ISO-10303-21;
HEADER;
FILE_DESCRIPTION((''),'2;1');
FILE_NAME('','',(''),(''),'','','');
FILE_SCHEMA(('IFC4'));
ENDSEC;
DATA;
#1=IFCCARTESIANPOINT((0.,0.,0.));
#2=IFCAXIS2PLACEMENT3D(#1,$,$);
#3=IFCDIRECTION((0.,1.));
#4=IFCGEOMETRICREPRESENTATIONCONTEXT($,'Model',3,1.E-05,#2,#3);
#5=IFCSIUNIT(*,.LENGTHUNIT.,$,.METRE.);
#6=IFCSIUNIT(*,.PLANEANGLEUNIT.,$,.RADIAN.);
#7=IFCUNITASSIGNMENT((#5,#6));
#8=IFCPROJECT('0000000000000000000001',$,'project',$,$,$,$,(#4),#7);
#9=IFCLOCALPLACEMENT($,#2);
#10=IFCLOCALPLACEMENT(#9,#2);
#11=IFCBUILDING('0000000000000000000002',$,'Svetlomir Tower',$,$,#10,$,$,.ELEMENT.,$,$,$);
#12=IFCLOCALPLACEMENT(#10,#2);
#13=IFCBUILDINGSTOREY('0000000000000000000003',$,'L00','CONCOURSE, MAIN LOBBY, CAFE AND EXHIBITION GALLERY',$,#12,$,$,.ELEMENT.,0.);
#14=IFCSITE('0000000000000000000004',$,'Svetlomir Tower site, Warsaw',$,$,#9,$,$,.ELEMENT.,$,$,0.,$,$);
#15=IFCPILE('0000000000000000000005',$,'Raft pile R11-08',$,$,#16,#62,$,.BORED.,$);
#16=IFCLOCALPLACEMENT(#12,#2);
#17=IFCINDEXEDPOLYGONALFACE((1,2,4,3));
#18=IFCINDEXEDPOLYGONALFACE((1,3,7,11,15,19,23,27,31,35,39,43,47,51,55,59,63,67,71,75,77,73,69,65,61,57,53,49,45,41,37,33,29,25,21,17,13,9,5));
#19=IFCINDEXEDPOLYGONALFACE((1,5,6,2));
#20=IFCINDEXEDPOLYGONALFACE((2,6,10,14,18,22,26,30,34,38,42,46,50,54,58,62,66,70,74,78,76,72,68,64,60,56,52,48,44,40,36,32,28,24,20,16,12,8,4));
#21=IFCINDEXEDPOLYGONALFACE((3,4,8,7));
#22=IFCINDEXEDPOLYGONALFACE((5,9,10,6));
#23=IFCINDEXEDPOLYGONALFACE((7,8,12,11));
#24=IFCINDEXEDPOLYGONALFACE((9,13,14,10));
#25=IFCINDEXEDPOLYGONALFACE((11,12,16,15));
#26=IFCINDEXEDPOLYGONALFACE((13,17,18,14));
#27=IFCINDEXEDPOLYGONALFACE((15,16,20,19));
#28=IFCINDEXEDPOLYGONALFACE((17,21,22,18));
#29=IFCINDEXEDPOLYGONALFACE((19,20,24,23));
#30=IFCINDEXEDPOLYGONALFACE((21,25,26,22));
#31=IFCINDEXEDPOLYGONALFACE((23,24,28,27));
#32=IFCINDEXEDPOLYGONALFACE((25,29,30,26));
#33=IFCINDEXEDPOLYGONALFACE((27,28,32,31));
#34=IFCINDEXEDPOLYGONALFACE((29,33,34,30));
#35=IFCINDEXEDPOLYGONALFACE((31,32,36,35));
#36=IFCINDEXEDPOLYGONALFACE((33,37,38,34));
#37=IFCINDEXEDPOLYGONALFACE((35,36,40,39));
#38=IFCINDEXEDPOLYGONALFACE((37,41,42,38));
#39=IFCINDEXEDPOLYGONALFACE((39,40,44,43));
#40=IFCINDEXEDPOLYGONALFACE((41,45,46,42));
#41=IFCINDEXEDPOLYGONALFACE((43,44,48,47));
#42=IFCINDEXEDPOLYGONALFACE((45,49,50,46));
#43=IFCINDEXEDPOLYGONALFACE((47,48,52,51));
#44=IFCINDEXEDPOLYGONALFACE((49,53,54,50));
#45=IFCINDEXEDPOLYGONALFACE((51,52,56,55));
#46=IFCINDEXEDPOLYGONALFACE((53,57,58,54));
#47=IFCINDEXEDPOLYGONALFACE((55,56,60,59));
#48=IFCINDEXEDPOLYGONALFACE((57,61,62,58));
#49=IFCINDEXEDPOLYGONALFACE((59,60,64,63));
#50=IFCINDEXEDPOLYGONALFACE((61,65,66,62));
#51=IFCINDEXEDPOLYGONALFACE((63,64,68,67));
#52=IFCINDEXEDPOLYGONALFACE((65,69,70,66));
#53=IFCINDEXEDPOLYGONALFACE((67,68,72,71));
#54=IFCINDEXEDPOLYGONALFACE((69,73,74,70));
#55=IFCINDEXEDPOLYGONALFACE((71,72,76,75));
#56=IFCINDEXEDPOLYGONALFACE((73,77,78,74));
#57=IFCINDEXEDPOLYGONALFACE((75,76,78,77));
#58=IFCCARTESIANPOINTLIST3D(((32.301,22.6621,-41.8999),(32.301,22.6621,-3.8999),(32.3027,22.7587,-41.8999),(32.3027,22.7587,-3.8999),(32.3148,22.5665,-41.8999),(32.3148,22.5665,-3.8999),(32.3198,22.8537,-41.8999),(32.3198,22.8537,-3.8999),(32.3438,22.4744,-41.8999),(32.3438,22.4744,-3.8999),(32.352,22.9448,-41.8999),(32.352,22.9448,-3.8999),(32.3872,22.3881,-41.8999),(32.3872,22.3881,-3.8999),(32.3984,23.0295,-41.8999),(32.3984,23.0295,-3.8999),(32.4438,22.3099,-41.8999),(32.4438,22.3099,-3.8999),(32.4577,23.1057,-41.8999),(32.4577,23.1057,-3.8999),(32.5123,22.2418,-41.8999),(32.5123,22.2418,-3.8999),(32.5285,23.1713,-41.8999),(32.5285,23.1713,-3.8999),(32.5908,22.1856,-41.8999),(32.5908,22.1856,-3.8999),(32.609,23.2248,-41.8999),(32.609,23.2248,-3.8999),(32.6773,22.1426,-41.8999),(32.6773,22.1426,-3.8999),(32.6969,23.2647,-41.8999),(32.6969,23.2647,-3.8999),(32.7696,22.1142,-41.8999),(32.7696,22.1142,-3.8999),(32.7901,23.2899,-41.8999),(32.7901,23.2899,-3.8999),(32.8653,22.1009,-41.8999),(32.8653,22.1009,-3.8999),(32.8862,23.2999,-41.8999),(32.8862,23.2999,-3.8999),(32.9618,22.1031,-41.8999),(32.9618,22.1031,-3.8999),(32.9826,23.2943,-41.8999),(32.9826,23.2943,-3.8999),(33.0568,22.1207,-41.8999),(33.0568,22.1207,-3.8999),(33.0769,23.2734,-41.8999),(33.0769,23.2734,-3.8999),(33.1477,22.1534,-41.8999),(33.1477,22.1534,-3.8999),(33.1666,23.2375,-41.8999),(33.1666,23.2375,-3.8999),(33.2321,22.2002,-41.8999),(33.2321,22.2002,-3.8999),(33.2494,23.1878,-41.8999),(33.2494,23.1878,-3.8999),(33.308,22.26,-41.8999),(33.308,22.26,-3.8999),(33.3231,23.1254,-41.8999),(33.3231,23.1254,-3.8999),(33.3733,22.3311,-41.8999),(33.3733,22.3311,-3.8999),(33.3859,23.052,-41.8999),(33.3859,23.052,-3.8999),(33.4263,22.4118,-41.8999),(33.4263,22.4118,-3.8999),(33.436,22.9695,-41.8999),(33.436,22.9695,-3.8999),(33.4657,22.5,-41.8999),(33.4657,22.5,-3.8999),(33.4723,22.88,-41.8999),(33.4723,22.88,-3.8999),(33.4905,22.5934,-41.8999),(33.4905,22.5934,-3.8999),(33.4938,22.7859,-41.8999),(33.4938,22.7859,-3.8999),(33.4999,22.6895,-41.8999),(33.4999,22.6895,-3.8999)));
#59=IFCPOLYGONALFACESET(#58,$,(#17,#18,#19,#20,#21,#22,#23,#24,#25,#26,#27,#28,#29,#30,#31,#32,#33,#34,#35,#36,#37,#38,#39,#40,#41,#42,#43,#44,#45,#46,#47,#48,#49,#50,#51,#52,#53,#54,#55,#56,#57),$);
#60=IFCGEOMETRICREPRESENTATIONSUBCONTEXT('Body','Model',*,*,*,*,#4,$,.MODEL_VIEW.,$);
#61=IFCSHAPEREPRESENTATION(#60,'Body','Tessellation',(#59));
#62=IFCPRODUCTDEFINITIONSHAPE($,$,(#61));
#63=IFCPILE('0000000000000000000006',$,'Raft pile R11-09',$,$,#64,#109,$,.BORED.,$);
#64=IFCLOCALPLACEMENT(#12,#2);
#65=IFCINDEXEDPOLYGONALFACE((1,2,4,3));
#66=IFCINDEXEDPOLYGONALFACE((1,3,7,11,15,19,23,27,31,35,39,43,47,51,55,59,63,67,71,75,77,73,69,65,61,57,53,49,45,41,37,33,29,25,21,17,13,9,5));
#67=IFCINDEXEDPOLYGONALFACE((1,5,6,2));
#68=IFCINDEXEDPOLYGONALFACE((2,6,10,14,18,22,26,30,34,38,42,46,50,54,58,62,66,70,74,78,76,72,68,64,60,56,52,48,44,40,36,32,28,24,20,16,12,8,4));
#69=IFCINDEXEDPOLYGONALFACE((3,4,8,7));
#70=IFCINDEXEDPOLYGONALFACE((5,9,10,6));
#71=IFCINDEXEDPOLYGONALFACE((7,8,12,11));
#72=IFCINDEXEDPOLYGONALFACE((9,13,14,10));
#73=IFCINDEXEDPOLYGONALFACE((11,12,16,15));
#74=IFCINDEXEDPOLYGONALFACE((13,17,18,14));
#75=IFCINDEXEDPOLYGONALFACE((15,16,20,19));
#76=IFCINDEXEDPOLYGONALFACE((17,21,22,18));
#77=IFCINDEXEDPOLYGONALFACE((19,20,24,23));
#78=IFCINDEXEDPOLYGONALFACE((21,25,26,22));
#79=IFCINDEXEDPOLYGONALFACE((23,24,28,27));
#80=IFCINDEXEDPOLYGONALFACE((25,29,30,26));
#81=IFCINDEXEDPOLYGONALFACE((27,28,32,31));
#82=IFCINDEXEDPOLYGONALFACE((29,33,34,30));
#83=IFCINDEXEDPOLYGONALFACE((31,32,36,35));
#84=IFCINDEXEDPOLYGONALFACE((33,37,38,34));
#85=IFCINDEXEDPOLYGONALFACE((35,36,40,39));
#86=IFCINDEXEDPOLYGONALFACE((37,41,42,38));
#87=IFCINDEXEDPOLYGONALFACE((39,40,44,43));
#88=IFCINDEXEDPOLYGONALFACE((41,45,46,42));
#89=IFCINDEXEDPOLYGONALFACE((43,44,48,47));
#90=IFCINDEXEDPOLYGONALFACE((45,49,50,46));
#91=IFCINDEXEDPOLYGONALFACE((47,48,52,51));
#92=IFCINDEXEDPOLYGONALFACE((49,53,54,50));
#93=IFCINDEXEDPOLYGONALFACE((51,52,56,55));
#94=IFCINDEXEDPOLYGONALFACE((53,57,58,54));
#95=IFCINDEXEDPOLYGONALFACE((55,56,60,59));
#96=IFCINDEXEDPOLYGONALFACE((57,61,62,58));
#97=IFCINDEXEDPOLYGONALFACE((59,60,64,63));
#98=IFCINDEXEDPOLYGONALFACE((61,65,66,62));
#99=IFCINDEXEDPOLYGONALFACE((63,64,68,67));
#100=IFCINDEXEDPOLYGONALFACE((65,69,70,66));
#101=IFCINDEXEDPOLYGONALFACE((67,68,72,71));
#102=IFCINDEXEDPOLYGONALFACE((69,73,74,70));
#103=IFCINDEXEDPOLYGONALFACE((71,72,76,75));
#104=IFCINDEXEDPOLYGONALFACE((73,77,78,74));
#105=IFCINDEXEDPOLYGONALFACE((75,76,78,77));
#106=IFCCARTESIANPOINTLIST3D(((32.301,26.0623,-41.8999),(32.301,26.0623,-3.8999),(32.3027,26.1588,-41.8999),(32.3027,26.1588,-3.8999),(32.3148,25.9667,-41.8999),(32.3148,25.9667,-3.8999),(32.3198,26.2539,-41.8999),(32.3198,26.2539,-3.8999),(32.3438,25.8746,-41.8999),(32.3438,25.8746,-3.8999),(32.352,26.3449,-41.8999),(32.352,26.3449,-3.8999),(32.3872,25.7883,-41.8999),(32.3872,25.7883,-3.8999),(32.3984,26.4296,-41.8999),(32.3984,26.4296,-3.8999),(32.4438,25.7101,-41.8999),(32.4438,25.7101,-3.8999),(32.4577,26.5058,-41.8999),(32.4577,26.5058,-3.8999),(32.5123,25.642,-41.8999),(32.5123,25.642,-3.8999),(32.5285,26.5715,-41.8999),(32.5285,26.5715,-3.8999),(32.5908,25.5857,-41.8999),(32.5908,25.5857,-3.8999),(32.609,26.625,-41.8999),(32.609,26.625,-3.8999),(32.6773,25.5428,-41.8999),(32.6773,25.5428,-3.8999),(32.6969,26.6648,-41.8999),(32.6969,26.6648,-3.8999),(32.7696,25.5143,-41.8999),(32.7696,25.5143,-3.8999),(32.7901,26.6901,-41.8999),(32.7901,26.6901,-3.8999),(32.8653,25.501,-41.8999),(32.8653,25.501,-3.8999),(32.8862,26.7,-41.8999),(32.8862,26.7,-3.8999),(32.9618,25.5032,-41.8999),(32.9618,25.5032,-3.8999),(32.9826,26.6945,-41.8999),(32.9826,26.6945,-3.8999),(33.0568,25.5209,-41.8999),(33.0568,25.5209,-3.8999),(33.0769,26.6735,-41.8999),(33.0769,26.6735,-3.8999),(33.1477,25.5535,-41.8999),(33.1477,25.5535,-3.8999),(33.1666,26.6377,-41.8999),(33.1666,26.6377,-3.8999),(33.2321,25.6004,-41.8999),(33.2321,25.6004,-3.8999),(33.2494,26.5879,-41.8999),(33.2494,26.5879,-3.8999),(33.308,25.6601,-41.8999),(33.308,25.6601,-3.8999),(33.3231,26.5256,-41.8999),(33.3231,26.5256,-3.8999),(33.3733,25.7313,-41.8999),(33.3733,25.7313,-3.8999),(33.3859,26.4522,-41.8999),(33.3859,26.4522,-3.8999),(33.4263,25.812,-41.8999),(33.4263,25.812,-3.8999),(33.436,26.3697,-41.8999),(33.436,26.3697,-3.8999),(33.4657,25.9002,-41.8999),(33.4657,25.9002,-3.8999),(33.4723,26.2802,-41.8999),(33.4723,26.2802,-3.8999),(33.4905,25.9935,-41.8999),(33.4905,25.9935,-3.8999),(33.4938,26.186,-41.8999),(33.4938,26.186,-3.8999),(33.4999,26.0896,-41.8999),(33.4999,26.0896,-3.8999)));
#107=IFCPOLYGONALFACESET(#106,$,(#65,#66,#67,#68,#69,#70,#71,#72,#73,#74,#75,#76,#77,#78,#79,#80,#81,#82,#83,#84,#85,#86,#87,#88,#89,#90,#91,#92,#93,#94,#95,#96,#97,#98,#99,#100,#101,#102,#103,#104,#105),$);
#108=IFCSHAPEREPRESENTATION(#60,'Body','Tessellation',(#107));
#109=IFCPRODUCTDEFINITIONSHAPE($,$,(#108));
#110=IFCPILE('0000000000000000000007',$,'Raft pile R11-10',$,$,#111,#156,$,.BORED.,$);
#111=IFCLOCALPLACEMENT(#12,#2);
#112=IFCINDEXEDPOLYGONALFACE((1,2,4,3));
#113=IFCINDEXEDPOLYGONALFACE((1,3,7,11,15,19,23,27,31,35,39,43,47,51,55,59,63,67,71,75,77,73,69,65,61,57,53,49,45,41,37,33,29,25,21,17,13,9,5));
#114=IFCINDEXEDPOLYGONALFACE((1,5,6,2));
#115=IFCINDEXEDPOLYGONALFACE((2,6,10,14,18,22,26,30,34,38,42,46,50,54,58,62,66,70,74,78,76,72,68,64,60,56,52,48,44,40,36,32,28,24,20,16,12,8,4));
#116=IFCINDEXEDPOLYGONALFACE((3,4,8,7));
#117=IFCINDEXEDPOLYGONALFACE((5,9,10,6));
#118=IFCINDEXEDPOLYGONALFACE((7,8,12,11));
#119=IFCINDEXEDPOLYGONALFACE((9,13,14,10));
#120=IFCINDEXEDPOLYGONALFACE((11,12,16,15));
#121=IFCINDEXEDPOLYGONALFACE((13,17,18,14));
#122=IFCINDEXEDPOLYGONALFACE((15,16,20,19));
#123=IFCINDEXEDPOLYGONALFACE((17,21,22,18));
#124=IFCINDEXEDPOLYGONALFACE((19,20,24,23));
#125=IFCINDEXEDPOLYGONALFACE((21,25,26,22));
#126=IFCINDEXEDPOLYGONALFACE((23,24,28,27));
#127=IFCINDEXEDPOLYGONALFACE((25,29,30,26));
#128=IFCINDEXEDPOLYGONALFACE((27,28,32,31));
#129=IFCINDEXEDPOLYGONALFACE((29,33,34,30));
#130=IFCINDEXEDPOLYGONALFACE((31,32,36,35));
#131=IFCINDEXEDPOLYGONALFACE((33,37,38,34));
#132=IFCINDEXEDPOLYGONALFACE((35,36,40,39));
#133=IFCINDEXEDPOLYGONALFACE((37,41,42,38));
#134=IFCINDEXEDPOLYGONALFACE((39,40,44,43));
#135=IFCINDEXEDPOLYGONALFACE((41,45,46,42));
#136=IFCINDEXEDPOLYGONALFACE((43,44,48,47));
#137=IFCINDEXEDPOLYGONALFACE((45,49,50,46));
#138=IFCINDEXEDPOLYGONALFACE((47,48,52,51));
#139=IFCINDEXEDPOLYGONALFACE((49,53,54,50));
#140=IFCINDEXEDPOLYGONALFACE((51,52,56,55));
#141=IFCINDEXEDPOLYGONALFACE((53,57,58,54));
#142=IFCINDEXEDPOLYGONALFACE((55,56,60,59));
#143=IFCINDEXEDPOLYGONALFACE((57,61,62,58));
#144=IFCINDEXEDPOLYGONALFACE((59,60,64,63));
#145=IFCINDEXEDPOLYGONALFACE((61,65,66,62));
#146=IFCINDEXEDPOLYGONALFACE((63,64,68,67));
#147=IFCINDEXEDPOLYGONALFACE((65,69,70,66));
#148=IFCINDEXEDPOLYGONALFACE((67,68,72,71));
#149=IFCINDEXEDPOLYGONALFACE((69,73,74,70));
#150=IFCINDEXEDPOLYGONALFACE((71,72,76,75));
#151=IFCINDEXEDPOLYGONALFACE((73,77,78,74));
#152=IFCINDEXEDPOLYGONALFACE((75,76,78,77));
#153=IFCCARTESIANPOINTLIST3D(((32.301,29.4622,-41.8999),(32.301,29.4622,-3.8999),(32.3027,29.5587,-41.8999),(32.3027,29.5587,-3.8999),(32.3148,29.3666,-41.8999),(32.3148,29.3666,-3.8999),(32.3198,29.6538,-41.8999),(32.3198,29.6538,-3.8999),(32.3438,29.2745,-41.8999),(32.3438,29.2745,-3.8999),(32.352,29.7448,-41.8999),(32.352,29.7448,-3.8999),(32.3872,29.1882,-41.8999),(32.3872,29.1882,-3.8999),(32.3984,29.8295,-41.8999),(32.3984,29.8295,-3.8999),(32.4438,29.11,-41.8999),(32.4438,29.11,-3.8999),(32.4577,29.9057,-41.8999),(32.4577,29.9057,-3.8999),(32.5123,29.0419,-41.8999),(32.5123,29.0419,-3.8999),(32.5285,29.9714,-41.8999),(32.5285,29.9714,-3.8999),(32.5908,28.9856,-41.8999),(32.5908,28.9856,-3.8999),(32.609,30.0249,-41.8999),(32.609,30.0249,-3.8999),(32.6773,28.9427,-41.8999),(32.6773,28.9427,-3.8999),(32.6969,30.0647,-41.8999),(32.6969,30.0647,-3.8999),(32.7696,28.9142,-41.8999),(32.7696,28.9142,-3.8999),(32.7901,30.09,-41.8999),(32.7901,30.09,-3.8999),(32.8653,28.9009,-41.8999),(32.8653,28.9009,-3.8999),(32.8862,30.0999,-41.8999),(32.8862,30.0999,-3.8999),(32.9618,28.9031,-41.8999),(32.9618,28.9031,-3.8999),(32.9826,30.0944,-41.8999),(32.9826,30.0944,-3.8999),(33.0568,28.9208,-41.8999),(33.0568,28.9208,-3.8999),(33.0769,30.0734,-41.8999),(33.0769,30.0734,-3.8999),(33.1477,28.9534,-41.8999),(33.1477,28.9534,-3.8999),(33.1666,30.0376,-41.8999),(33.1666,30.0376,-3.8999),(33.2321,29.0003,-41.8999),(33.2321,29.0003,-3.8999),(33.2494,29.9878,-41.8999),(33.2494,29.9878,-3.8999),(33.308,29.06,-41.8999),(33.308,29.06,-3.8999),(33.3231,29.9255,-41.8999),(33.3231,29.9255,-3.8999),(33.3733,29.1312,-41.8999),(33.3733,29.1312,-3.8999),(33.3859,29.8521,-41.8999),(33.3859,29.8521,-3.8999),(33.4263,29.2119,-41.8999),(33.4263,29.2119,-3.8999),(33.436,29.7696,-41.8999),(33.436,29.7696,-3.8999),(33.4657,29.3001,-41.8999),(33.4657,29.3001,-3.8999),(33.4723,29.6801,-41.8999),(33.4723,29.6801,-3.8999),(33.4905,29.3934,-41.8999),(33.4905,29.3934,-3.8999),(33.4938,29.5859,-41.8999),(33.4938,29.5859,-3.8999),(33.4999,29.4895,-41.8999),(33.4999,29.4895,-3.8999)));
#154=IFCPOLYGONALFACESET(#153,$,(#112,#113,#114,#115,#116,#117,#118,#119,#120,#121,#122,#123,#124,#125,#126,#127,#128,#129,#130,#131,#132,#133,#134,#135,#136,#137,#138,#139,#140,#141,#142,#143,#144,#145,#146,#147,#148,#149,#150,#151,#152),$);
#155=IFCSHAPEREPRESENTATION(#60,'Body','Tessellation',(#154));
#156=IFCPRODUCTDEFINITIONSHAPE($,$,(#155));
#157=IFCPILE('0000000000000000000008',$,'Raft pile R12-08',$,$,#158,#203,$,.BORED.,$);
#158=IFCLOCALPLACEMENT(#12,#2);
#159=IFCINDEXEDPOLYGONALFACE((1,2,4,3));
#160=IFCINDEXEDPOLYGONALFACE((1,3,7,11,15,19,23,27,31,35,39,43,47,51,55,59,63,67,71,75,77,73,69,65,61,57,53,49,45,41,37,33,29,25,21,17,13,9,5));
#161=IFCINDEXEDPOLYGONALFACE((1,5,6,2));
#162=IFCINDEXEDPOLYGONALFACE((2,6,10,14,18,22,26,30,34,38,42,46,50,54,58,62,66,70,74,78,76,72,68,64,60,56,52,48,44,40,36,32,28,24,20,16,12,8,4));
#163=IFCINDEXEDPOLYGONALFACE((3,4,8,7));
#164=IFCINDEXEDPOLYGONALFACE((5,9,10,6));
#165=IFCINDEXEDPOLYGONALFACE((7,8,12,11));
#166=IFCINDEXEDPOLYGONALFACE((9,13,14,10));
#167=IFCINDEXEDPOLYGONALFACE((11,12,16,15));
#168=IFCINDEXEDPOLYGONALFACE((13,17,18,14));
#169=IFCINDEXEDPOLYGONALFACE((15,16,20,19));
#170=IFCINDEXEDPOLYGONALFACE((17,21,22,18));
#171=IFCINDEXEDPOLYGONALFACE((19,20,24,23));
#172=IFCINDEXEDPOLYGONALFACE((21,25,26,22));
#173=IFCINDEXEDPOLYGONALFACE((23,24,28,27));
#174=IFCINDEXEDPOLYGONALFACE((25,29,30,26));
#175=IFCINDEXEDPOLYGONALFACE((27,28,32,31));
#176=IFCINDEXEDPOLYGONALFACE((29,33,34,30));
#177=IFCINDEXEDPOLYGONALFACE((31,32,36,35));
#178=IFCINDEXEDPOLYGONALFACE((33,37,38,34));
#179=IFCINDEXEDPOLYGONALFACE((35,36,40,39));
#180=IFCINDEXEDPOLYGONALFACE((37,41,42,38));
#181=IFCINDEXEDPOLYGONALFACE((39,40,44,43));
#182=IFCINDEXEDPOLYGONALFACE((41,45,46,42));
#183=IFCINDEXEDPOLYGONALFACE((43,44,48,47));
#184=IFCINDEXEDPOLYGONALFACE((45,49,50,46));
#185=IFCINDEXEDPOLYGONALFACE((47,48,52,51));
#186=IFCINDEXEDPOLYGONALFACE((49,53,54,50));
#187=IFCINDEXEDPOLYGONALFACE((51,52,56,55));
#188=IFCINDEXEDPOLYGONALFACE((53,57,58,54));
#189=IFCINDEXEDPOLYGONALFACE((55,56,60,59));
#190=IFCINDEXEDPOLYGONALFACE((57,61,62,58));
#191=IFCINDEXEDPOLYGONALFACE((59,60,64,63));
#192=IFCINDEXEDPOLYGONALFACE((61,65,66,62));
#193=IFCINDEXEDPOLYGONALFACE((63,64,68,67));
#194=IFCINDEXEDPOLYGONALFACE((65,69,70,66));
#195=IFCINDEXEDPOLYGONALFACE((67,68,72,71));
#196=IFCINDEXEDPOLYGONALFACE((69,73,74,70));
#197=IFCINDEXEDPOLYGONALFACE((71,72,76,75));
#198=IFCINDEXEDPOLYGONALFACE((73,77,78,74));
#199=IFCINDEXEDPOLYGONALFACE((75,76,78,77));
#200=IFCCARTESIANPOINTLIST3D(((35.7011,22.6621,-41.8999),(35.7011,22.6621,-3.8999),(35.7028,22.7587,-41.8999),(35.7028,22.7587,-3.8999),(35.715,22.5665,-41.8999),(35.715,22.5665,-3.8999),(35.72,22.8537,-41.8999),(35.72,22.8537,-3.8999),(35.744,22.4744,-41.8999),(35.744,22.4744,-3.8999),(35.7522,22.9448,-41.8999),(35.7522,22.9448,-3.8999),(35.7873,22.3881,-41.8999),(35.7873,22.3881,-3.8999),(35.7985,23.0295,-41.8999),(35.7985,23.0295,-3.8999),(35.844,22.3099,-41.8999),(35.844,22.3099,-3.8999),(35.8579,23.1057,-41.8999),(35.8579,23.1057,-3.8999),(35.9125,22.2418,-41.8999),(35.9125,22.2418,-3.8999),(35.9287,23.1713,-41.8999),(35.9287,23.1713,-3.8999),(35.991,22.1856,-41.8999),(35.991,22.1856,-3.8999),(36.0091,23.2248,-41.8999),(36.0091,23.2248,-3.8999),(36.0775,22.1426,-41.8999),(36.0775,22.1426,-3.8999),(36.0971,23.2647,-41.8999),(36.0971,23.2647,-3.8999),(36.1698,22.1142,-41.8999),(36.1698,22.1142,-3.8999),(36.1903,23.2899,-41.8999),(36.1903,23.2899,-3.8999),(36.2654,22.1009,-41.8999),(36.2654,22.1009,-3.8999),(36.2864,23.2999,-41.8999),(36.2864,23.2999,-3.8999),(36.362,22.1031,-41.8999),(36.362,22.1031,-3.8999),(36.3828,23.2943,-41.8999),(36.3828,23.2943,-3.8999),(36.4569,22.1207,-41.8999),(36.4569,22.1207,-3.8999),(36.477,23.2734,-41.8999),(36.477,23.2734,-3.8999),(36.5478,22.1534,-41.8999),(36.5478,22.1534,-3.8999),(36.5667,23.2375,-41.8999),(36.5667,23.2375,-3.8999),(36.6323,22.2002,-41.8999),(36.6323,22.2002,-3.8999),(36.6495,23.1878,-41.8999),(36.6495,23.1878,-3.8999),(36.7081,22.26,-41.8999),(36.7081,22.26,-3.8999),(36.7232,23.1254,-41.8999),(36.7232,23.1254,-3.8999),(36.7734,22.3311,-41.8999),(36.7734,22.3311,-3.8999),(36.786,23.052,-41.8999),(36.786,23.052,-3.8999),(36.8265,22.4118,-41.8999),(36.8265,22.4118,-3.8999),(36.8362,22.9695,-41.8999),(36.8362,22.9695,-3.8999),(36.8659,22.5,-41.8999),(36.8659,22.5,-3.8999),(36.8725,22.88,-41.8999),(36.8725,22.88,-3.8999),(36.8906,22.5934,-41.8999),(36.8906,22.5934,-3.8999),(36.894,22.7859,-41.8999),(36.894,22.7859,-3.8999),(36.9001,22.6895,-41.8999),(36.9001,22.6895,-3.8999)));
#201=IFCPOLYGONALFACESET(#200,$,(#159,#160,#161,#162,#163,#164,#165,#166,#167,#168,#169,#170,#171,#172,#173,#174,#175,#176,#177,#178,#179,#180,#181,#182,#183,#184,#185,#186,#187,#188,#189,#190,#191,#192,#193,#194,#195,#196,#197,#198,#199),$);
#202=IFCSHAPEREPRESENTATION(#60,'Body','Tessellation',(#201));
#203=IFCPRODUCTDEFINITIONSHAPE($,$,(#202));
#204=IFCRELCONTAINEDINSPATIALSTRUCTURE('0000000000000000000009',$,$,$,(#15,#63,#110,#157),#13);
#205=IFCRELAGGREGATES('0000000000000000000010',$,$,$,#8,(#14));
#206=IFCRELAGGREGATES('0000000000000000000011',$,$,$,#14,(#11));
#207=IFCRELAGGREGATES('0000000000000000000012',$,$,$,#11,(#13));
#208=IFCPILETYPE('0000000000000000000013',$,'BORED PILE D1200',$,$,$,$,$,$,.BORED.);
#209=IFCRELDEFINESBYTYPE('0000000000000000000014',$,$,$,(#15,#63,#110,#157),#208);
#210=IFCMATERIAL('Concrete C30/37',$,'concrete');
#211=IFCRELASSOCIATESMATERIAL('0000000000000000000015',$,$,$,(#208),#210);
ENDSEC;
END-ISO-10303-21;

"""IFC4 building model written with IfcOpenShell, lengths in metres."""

from ifc_helpers import new_model, si_unit, direction, frame, frame_2d, origin, origin_2d, place, context, subcontext, project, spatial, circle, extrude, material, material_profile, profile_set, type_object, element, save


model = new_model("IFC4")

# Units and contexts
model_context = context("Model", 3, precision=1e-05, world=origin(), true_north=direction((0.0, 1.0)))
body_context = subcontext(model_context, "Body", "Model", "MODEL_VIEW")
ifc_project = project(units=[si_unit("LENGTHUNIT", "METRE"), si_unit("PLANEANGLEUNIT", "RADIAN")], contexts=[model_context])

# Site, building, storey
site_placement = place(None, origin())
site = spatial("IfcSite", under=ifc_project, at=site_placement, Name="Svetlomir Tower site, Warsaw", CompositionType="ELEMENT", RefElevation=0.0)
building_placement = place(site_placement, origin())
building = spatial("IfcBuilding", under=site, at=building_placement, Name="Svetlomir Tower", CompositionType="ELEMENT")
storey_placement = place(building_placement, origin())
storey = spatial("IfcBuildingStorey", under=building, at=storey_placement, Name="L00", Description="CONCOURSE, MAIN LOBBY, CAFE AND EXHIBITION GALLERY", CompositionType="ELEMENT", Elevation=0.0)

# Piles
ifc_material_1 = material(Name="Concrete C30/37", Category="concrete")
ifc_material_profile_1 = material_profile(ifc_material_1, circle(Radius=0.6001, at=origin_2d()), Name="D1200")
ifc_profile_set_1 = profile_set([ifc_material_profile_1], Name="Concrete C30/37")
pile_type = type_object("IfcPileType", Name="BORED PILE D1200", PredefinedType="BORED", material=ifc_profile_set_1)
for number, where, z_axis, x_axis, name in (
    (1, (32.8999, 22.7, -3.8999), (0.0, 0.0, -1.0), (1.0, 0.0, 0.0), "Raft pile R11-08"),
    (2, (32.8999, 26.1001, -3.8999), (0.0, 0.0, -1.0), (1.0, 0.0, 0.0), "Raft pile R11-09"),
    (3, (32.8999, 29.5, -3.8999), (0.0, 0.0, -1.0), (1.0, 0.0, 0.0), "Raft pile R11-10"),
    (4, (36.3, 22.7, -3.8999), (0.0, 0.0, -1.0), (1.0, 0.0, 0.0), "Raft pile R12-08"),
):
    element("IfcPile", number, at=place(storey_placement, frame(where, z_axis=z_axis, x_axis=x_axis)), inside=storey, type_object=pile_type, Name=name, PredefinedType="BORED", context=body_context, shape_type="SweptSolid", body=[
        extrude(circle(Radius=0.6001, at=frame_2d((0.0, 0.0), x_axis=(0.999848, 0.017452))), origin(), (0.0, 0.0, 1.0), 38.0),
    ])

save(model, "model.ifc")
